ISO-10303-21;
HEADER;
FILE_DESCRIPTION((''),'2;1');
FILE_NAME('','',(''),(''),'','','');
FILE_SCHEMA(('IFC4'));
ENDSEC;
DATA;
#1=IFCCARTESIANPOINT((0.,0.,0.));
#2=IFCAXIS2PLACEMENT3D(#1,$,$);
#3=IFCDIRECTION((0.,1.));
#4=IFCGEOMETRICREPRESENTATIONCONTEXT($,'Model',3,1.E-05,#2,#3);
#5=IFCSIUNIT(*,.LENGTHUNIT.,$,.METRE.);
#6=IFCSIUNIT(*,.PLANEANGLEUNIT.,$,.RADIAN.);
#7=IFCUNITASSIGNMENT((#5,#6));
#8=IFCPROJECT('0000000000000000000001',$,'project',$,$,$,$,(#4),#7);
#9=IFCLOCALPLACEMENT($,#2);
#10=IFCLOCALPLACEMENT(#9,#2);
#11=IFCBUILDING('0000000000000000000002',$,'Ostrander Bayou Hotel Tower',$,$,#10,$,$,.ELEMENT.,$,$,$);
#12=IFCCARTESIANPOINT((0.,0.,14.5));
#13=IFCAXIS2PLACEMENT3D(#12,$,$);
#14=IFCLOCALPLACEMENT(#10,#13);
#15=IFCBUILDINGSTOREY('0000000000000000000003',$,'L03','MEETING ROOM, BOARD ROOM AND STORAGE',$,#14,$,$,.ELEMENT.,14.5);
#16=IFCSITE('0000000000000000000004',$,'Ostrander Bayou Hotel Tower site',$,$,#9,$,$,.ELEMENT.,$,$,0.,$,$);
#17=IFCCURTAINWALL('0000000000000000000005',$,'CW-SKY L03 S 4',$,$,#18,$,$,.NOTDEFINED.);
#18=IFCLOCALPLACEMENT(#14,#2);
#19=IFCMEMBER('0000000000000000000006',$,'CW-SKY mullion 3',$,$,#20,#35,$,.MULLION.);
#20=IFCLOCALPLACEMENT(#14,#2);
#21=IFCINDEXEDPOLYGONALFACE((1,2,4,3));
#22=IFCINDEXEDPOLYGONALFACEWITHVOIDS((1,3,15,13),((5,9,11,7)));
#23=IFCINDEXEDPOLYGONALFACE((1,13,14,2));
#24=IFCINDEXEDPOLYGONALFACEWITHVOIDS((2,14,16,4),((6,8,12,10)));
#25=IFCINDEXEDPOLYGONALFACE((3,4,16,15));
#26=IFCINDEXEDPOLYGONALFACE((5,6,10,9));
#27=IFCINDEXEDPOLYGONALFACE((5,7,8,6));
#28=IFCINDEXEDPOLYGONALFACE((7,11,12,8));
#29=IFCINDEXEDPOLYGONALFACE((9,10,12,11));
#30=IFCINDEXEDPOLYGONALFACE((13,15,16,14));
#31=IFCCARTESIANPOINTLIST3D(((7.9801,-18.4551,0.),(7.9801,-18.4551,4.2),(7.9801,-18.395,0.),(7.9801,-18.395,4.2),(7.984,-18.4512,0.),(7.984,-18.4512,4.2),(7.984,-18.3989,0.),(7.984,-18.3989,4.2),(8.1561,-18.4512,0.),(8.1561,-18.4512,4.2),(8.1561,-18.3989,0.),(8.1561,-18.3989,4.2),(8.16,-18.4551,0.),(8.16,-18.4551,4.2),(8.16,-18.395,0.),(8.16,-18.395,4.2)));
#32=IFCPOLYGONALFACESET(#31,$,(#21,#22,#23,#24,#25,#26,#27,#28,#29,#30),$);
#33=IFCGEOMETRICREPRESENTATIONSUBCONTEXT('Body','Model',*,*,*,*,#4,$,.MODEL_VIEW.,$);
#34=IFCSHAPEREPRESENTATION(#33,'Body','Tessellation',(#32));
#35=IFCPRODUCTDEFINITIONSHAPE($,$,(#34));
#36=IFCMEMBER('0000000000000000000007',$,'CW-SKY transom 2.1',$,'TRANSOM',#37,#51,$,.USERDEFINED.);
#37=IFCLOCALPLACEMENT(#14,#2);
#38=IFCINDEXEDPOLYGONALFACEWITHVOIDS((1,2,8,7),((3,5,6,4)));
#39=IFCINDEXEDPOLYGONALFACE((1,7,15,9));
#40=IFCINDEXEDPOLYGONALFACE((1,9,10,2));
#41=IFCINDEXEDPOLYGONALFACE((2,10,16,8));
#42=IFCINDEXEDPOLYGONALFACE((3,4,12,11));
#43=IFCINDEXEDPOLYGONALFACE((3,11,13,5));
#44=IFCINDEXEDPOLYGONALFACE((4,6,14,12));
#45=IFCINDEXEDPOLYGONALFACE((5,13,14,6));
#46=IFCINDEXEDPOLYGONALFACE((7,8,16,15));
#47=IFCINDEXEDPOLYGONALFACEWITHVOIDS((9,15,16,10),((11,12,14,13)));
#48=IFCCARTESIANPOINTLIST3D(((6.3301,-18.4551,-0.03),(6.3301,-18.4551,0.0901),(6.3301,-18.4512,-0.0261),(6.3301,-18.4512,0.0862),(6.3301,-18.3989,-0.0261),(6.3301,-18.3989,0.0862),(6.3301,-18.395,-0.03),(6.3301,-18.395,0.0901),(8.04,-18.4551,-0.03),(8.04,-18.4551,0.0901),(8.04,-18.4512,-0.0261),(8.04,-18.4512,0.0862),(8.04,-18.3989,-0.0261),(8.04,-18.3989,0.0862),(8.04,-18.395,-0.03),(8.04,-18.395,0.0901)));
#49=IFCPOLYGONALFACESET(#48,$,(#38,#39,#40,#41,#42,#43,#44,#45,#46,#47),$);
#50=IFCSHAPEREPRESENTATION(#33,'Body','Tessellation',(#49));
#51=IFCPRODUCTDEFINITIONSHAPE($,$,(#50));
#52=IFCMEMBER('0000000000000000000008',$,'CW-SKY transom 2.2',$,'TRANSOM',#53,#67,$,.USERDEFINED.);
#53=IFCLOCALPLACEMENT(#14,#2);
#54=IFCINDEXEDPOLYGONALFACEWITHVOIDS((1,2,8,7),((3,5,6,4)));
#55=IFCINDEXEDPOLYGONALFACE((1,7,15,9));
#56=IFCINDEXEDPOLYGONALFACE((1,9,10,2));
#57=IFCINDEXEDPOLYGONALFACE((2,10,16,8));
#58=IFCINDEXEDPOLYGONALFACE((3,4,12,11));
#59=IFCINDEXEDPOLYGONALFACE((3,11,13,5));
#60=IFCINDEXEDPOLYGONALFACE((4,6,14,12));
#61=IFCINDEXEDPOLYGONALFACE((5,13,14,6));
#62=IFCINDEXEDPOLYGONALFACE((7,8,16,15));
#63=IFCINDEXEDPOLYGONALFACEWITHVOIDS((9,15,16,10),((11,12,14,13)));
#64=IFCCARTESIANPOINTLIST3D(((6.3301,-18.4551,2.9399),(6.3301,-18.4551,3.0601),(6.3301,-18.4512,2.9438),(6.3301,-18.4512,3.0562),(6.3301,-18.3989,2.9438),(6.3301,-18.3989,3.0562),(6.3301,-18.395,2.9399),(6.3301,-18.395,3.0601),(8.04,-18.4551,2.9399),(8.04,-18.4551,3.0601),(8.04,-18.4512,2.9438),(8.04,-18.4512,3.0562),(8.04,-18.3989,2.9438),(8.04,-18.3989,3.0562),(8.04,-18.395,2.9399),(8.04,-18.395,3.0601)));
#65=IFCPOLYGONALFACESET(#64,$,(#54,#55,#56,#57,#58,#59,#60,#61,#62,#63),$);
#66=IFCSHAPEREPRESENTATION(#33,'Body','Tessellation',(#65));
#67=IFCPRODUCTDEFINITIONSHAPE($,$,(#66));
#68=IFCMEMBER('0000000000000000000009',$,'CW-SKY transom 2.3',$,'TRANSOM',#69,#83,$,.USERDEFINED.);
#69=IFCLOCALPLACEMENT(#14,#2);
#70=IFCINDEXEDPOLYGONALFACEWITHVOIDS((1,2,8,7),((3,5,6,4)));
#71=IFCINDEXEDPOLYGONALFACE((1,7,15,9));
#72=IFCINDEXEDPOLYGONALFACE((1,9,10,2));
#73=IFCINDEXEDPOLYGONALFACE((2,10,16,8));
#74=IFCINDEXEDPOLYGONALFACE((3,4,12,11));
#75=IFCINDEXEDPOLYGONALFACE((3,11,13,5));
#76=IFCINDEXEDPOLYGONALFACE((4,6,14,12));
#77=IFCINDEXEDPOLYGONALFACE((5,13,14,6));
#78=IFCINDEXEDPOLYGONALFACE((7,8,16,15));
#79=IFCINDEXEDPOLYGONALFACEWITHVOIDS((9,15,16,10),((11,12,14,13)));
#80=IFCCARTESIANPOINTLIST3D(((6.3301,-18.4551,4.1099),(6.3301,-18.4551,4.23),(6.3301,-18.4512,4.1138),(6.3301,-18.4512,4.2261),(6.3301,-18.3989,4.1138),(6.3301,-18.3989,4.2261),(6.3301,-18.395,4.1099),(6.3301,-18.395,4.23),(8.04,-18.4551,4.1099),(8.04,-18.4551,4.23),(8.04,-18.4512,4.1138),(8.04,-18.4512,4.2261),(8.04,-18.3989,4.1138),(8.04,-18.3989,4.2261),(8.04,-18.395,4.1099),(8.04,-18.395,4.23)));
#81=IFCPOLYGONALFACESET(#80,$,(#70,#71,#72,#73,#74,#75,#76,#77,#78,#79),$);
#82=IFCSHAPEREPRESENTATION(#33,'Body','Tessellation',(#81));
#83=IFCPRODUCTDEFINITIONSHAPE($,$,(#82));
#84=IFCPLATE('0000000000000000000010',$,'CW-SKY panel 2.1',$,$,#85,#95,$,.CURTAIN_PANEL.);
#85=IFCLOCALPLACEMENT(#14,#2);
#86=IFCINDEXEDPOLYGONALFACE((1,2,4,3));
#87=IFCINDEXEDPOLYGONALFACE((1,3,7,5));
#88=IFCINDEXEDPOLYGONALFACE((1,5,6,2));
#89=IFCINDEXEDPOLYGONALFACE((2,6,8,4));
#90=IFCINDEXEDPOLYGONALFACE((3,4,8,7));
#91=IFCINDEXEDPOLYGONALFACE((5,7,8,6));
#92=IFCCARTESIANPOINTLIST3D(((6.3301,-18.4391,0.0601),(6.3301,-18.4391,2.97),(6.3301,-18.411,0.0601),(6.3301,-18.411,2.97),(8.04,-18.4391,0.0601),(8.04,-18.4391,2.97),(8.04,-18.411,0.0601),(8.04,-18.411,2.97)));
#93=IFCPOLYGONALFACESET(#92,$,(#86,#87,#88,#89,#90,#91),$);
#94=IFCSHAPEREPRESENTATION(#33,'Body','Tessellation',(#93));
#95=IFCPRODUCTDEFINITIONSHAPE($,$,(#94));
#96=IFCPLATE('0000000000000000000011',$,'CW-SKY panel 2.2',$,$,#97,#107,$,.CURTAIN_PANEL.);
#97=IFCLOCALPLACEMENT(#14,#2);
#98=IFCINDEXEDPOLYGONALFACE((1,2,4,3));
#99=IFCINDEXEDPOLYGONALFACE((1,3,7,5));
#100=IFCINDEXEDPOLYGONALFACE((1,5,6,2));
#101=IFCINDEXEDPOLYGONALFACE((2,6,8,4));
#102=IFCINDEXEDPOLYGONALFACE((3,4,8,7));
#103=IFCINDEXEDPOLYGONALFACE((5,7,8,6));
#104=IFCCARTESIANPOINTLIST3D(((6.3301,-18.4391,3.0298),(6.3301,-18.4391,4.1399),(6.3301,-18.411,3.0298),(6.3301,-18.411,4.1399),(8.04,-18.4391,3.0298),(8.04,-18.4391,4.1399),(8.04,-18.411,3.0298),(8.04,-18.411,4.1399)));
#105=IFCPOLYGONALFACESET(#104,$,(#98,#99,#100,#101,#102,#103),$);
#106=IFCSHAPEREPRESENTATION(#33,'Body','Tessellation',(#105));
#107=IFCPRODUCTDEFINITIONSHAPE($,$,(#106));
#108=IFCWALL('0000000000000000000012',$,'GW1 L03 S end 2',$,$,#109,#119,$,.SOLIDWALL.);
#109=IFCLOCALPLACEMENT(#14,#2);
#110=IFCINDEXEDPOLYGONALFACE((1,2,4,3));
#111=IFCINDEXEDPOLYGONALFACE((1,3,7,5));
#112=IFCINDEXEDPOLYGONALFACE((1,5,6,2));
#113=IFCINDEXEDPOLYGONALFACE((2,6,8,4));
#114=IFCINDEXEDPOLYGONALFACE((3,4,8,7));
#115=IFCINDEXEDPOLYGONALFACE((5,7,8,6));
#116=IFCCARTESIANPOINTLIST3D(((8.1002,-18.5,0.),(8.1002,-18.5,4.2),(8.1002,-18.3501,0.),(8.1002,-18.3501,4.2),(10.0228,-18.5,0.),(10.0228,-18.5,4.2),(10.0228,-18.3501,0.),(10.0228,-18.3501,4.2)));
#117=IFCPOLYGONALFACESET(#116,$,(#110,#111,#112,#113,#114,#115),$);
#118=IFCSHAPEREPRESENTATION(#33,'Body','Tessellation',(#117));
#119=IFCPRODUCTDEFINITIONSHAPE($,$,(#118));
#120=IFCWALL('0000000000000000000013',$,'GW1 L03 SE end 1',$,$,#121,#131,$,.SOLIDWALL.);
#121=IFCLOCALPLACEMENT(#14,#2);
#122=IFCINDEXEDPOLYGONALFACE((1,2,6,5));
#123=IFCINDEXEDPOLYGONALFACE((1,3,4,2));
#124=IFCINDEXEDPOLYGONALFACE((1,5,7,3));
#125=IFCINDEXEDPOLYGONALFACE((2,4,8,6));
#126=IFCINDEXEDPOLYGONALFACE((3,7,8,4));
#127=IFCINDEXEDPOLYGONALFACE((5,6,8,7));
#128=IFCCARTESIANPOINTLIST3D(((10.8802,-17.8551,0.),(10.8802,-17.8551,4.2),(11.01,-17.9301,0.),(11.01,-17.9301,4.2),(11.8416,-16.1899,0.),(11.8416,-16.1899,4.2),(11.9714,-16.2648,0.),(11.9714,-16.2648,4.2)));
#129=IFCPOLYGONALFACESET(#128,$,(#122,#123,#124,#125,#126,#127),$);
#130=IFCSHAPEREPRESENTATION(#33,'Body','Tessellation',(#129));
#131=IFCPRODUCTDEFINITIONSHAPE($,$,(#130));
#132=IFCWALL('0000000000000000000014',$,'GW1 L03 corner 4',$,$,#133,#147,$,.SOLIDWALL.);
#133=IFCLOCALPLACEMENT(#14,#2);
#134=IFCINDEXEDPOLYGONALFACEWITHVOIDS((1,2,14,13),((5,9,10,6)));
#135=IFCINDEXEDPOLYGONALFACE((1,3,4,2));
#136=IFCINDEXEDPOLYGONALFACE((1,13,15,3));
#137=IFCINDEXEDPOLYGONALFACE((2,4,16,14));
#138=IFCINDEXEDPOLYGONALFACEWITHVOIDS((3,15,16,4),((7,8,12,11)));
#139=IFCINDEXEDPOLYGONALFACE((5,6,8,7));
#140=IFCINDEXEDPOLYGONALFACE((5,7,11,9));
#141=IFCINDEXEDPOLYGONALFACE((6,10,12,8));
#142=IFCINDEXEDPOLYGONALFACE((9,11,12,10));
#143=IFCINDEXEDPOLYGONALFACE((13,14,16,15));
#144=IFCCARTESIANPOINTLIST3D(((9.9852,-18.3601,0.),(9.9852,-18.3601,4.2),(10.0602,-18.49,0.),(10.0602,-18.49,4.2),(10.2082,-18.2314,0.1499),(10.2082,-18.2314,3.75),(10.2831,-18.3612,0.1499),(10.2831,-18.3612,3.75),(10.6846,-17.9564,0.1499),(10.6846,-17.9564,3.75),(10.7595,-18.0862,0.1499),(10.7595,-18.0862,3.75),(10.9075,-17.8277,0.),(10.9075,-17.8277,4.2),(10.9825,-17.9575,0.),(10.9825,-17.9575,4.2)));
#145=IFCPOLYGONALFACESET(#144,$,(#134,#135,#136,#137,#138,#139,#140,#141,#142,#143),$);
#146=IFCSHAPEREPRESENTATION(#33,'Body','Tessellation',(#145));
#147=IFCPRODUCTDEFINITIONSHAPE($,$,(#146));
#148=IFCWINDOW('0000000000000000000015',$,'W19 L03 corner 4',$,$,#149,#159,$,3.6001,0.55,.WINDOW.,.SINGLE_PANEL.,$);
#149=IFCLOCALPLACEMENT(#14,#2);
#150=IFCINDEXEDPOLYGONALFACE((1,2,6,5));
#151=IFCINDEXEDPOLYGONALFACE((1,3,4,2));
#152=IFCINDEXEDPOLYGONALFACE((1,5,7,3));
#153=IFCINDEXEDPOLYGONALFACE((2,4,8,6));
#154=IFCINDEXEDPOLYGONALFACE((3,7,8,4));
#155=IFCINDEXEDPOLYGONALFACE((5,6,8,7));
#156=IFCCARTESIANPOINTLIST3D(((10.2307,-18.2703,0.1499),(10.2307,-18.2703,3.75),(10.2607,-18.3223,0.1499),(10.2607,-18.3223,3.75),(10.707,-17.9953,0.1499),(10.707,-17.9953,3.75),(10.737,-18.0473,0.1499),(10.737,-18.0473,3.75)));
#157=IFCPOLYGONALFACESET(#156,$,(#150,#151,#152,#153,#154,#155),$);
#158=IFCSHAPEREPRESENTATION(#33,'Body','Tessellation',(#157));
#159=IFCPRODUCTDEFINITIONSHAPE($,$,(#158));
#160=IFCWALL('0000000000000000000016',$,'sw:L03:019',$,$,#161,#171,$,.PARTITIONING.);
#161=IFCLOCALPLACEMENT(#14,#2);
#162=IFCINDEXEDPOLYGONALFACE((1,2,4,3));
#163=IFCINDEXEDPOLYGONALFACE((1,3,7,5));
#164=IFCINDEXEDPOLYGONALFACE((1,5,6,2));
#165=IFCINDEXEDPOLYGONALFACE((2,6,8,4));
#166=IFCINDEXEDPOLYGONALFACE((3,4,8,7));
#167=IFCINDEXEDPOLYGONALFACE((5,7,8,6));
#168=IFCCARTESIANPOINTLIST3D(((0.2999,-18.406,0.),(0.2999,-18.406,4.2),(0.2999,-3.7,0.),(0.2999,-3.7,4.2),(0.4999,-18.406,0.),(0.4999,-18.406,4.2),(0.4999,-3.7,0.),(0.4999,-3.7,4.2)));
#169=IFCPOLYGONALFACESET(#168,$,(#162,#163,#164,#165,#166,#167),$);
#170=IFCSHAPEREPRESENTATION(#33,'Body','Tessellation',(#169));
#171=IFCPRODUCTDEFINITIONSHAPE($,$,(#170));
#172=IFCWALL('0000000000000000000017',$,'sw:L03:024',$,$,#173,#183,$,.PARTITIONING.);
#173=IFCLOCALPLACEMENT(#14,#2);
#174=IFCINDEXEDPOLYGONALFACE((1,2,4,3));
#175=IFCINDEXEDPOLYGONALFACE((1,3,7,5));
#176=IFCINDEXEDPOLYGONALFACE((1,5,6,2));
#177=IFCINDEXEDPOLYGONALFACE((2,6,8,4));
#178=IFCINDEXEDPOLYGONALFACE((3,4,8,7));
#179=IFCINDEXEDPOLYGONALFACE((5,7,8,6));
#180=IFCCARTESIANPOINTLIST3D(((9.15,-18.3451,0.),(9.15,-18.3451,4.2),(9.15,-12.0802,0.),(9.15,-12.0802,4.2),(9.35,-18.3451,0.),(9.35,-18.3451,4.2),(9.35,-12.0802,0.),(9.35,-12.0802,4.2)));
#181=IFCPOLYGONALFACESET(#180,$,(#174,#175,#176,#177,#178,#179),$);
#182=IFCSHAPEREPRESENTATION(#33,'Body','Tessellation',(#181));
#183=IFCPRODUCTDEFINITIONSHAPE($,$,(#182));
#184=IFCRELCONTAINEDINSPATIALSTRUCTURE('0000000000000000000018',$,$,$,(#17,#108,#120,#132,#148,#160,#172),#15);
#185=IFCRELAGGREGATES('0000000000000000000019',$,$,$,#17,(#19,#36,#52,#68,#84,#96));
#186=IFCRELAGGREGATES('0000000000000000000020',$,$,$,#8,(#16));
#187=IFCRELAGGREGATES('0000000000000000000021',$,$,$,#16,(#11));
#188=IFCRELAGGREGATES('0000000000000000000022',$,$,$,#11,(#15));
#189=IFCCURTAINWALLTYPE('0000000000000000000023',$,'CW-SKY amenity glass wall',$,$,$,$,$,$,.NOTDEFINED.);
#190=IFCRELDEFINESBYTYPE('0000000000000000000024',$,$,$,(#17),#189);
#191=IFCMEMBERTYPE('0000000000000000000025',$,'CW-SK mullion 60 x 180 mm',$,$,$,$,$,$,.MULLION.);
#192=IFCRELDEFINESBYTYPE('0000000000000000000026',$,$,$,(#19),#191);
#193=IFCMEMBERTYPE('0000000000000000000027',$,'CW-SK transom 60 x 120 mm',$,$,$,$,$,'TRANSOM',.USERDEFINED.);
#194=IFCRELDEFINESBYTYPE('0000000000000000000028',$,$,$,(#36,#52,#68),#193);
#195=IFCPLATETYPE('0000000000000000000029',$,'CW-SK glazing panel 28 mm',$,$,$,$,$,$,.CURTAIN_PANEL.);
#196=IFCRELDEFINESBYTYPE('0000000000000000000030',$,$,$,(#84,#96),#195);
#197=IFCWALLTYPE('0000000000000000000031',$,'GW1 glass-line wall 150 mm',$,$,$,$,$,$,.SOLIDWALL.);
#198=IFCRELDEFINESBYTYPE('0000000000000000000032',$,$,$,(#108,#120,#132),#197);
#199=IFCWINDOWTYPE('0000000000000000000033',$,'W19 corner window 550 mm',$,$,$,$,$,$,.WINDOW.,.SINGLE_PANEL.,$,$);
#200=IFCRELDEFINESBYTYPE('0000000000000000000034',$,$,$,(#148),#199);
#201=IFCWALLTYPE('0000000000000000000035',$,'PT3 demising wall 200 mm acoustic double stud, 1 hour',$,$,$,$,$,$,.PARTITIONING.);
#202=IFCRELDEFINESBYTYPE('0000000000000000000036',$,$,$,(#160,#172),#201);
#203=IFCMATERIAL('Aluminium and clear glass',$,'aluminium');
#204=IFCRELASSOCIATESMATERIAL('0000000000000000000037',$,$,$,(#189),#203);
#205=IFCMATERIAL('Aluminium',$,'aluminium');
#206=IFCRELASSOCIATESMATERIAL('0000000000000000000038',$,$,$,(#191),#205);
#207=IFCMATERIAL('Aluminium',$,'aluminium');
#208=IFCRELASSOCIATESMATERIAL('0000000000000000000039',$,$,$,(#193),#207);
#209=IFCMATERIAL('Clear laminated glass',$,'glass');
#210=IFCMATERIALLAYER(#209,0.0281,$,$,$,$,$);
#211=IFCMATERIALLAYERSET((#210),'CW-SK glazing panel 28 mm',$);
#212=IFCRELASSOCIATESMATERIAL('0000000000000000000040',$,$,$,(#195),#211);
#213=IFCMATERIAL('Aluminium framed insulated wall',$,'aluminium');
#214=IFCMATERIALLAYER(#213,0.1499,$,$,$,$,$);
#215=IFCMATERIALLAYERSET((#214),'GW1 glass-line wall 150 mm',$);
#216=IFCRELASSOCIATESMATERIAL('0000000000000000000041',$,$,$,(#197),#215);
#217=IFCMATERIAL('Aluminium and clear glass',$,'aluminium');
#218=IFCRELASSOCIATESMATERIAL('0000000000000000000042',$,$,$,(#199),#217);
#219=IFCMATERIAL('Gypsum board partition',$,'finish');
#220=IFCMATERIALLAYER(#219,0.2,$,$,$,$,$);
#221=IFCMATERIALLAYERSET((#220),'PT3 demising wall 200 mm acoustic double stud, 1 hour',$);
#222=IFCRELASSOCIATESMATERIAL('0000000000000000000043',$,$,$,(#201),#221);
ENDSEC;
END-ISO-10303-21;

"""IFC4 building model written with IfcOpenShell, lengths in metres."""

from ifc_helpers import new_model, si_unit, direction, frame, frame_2d, origin, origin_2d, place, context, subcontext, project, spatial, rectangle, hollow_rectangle, extrude, material, layer, layer_set, material_profile, profile_set, type_object, element, fill, aggregate, save


model = new_model("IFC4")

# Units and contexts
model_context = context("Model", 3, precision=1e-05, world=origin(), true_north=direction((0.0, 1.0)))
body_context = subcontext(model_context, "Body", "Model", "MODEL_VIEW")
ifc_project = project(units=[si_unit("LENGTHUNIT", "METRE"), si_unit("PLANEANGLEUNIT", "RADIAN")], contexts=[model_context])

# Site, building, storey
site_placement = place(None, origin())
site = spatial("IfcSite", under=ifc_project, at=site_placement, Name="Ostrander Bayou Hotel Tower site", CompositionType="ELEMENT", RefElevation=0.0)
building_placement = place(site_placement, origin())
building = spatial("IfcBuilding", under=site, at=building_placement, Name="Ostrander Bayou Hotel Tower", CompositionType="ELEMENT")
storey_placement = place(building_placement, frame((0.0, 0.0, 14.5)))
storey = spatial("IfcBuildingStorey", under=building, at=storey_placement, Name="L03", Description="MEETING ROOM, BOARD ROOM AND STORAGE", CompositionType="ELEMENT", Elevation=14.5)

# Curtain wall, members, plates
ifc_material_1 = material(Name="Aluminium and clear glass", Category="aluminium")
curtain_wall_type = type_object("IfcCurtainWallType", Name="CW-SKY amenity glass wall", PredefinedType="NOTDEFINED", material=ifc_material_1)
curtain_wall_placement = place(storey_placement, origin())
curtain_wall = element("IfcCurtainWall", 1, at=curtain_wall_placement, inside=storey, type_object=curtain_wall_type, Name="CW-SKY L03 S 4", PredefinedType="NOTDEFINED")
ifc_material_2 = material(Name="Aluminium", Category="aluminium")
ifc_material_profile_1 = material_profile(ifc_material_2, hollow_rectangle(XDim=0.0601, YDim=0.1799, WallThickness=0.0039, at=origin_2d()))
ifc_profile_set_1 = profile_set([ifc_material_profile_1], Name="Aluminium")
member_type_1 = type_object("IfcMemberType", Name="CW-SK mullion 60 x 180 mm", PredefinedType="MULLION", material=ifc_profile_set_1)
member_1_placement = place(storey_placement, frame((8.0701, -18.425, 0.0), z_axis=(0.0, 0.0, 1.0), x_axis=(0.0, 1.0, 0.0)))
member_1 = element("IfcMember", 2, at=member_1_placement, type_object=member_type_1, Name="CW-SKY mullion 3", PredefinedType="MULLION", context=body_context, shape_type="SweptSolid", body=[
    extrude(hollow_rectangle(XDim=0.0601, YDim=0.1799, WallThickness=0.0039, at=origin_2d()), origin(), (0.0, 0.0, 1.0), 4.2),
])
ifc_material_3 = material(Name="Aluminium", Category="aluminium")
ifc_material_profile_2 = material_profile(ifc_material_3, hollow_rectangle(XDim=0.0601, YDim=0.1201, WallThickness=0.0039, at=origin_2d()))
ifc_profile_set_2 = profile_set([ifc_material_profile_2], Name="Aluminium")
member_type_2 = type_object("IfcMemberType", Name="CW-SK transom 60 x 120 mm", ElementType="TRANSOM", PredefinedType="USERDEFINED", material=ifc_profile_set_2)
member_2_placement = place(storey_placement, frame((6.3301, -18.425, 0.03), z_axis=(1.0, 0.0, 0.0), x_axis=(0.0, 1.0, 0.0)))
member_2 = element("IfcMember", 3, at=member_2_placement, type_object=member_type_2, Name="CW-SKY transom 2.1", ObjectType="TRANSOM", PredefinedType="USERDEFINED", context=body_context, shape_type="SweptSolid", body=[
    extrude(hollow_rectangle(XDim=0.0601, YDim=0.1201, WallThickness=0.0039, at=origin_2d()), origin(), (0.0, 0.0, 1.0), 1.71),
])
member_3_placement = place(storey_placement, frame((6.3301, -18.425, 3.0), z_axis=(1.0, 0.0, 0.0), x_axis=(0.0, 1.0, 0.0)))
member_3 = element("IfcMember", 4, at=member_3_placement, type_object=member_type_2, Name="CW-SKY transom 2.2", ObjectType="TRANSOM", PredefinedType="USERDEFINED", context=body_context, shape_type="SweptSolid", body=[
    extrude(hollow_rectangle(XDim=0.0601, YDim=0.1201, WallThickness=0.0039, at=origin_2d()), origin(), (0.0, 0.0, 1.0), 1.71),
])
member_4_placement = place(storey_placement, frame((6.3301, -18.425, 4.1699), z_axis=(1.0, 0.0, 0.0), x_axis=(0.0, 1.0, 0.0)))
member_4 = element("IfcMember", 5, at=member_4_placement, type_object=member_type_2, Name="CW-SKY transom 2.3", ObjectType="TRANSOM", PredefinedType="USERDEFINED", context=body_context, shape_type="SweptSolid", body=[
    extrude(hollow_rectangle(XDim=0.0601, YDim=0.1201, WallThickness=0.0039, at=origin_2d()), origin(), (0.0, 0.0, 1.0), 1.71),
])
ifc_material_4 = material(Name="Clear laminated glass", Category="glass")
ifc_layer_1 = layer(ifc_material_4, 0.0281)
ifc_layer_set_1 = layer_set([ifc_layer_1], Name="CW-SK glazing panel 28 mm")
plate_type = type_object("IfcPlateType", Name="CW-SK glazing panel 28 mm", PredefinedType="CURTAIN_PANEL", material=ifc_layer_set_1)
plate_1_placement = place(storey_placement, frame((7.1851, -18.425, 0.0601), z_axis=(0.0, 0.0, 1.0), x_axis=(1.0, 0.0, 0.0)))
plate_1 = element("IfcPlate", 6, at=plate_1_placement, type_object=plate_type, Name="CW-SKY panel 2.1", PredefinedType="CURTAIN_PANEL", context=body_context, shape_type="SweptSolid", body=[
    extrude(rectangle(XDim=1.71, YDim=0.0281, at=origin_2d()), origin(), (0.0, 0.0, 1.0), 2.9099),
])
plate_2_placement = place(storey_placement, frame((7.1851, -18.425, 3.0298), z_axis=(0.0, 0.0, 1.0), x_axis=(1.0, 0.0, 0.0)))
plate_2 = element("IfcPlate", 7, at=plate_2_placement, type_object=plate_type, Name="CW-SKY panel 2.2", PredefinedType="CURTAIN_PANEL", context=body_context, shape_type="SweptSolid", body=[
    extrude(rectangle(XDim=1.71, YDim=0.0281, at=origin_2d()), origin(), (0.0, 0.0, 1.0), 1.1101),
])
aggregate(curtain_wall, [member_1, member_2, member_3, member_4, plate_1, plate_2])

# Walls
ifc_material_5 = material(Name="Aluminium framed insulated wall", Category="aluminium")
ifc_layer_2 = layer(ifc_material_5, 0.1499)
ifc_layer_set_2 = layer_set([ifc_layer_2], Name="GW1 glass-line wall 150 mm")
wall_type_1 = type_object("IfcWallType", Name="GW1 glass-line wall 150 mm", PredefinedType="SOLIDWALL", material=ifc_layer_set_2)
wall_1_placement = place(storey_placement, frame((8.1001, -18.425, 0.0), z_axis=(0.0, 0.0, 1.0), x_axis=(1.0, 0.0, 0.0)))
element("IfcWall", 8, at=wall_1_placement, inside=storey, type_object=wall_type_1, Name="GW1 L03 S end 2", PredefinedType="SOLIDWALL", context=body_context, shape_type="SweptSolid", body=[
    extrude(rectangle(XDim=1.9226, YDim=0.1499, at=frame_2d((0.9614, 0.0))), origin(), (0.0, 0.0, 1.0), 4.2),
])
wall_2_placement = place(storey_placement, frame((10.9451, -17.8926, 0.0), z_axis=(0.0, 0.0, 1.0), x_axis=(0.49999, 0.866031, 0.0)))
element("IfcWall", 9, at=wall_2_placement, inside=storey, type_object=wall_type_1, Name="GW1 L03 SE end 1", PredefinedType="SOLIDWALL", context=body_context, shape_type="SweptSolid", body=[
    extrude(rectangle(XDim=1.9229, YDim=0.1499, at=frame_2d((0.9614, 0.0))), origin(), (0.0, 0.0, 1.0), 4.2),
])

# Wall, opening, window
wall_3_placement = place(storey_placement, frame((10.0227, -18.425, 0.0), z_axis=(0.0, 0.0, 1.0), x_axis=(0.866048, 0.499961, 0.0)))
wall_3 = element("IfcWall", 10, at=wall_3_placement, inside=storey, type_object=wall_type_1, Name="GW1 L03 corner 4", PredefinedType="SOLIDWALL", context=body_context, shape_type="SweptSolid", body=[
    extrude(rectangle(XDim=1.0649, YDim=0.1499, at=frame_2d((0.5325, 0.0))), origin(), (0.0, 0.0, 1.0), 4.2),
])
opening_1_placement = place(wall_3_placement, frame((0.2576, 0.0, 0.1499)))
opening_1 = element("IfcOpeningElement", 11, at=opening_1_placement, cuts=wall_3, PredefinedType="OPENING", context=body_context, shape_type="SweptSolid", body=[
    extrude(rectangle(XDim=0.55, YDim=3.6001, at=frame_2d((0.2749, 1.8))), frame((0.0, 0.075, 0.0), z_axis=(0.0, -1.0, 0.0), x_axis=(1.0, 0.0, 0.0)), (0.0, 0.0, 1.0), 0.1499),
])
ifc_material_6 = material(Name="Aluminium and clear glass", Category="aluminium")
window_type = type_object("IfcWindowType", Name="W19 corner window 550 mm", PartitioningType="SINGLE_PANEL", PredefinedType="WINDOW", material=ifc_material_6)
window_placement = place(opening_1_placement, origin())
window = element("IfcWindow", 12, at=window_placement, inside=storey, type_object=window_type, Name="W19 L03 corner 4", OverallHeight=3.6001, OverallWidth=0.55, PartitioningType="SINGLE_PANEL", PredefinedType="WINDOW", context=body_context, shape_type="SweptSolid", body=[
    extrude(rectangle(XDim=0.55, YDim=3.6001, at=frame_2d((0.2749, 1.8))), frame((0.0, 0.03, 0.0), z_axis=(0.0, -1.0, 0.0), x_axis=(1.0, 0.0, 0.0)), (0.0, 0.0, 1.0), 0.0601),
])
fill(opening_1, window)

# Wall
ifc_material_7 = material(Name="Gypsum board partition", Category="finish")
ifc_layer_3 = layer(ifc_material_7, 0.2)
ifc_layer_set_3 = layer_set([ifc_layer_3], Name="PT3 demising wall 200 mm acoustic double stud, 1 hour")
wall_type_2 = type_object("IfcWallType", Name="PT3 demising wall 200 mm acoustic double stud, 1 hour", PredefinedType="PARTITIONING", material=ifc_layer_set_3)
wall_4_placement = place(storey_placement, frame((0.3999, -18.406, 0.0), z_axis=(0.0, 0.0, 1.0), x_axis=(0.0, 1.0, 0.0)))
element("IfcWall", 13, at=wall_4_placement, inside=storey, type_object=wall_type_2, Name="sw:L03:019", PredefinedType="PARTITIONING", context=body_context, shape_type="SweptSolid", body=[
    extrude(rectangle(XDim=14.7061, YDim=0.2, at=frame_2d((7.353, 0.0))), origin(), (0.0, 0.0, 1.0), 4.2),
])

# Wall
wall_5_placement = place(storey_placement, frame((9.25, -18.345, 0.0), z_axis=(0.0, 0.0, 1.0), x_axis=(0.0, 1.0, 0.0)))
element("IfcWall", 14, at=wall_5_placement, inside=storey, type_object=wall_type_2, Name="sw:L03:024", PredefinedType="PARTITIONING", context=body_context, shape_type="SweptSolid", body=[
    extrude(rectangle(XDim=6.2649, YDim=0.2, at=frame_2d((3.1323, 0.0))), origin(), (0.0, 0.0, 1.0), 4.2),
])

save(model, "model.ifc")
